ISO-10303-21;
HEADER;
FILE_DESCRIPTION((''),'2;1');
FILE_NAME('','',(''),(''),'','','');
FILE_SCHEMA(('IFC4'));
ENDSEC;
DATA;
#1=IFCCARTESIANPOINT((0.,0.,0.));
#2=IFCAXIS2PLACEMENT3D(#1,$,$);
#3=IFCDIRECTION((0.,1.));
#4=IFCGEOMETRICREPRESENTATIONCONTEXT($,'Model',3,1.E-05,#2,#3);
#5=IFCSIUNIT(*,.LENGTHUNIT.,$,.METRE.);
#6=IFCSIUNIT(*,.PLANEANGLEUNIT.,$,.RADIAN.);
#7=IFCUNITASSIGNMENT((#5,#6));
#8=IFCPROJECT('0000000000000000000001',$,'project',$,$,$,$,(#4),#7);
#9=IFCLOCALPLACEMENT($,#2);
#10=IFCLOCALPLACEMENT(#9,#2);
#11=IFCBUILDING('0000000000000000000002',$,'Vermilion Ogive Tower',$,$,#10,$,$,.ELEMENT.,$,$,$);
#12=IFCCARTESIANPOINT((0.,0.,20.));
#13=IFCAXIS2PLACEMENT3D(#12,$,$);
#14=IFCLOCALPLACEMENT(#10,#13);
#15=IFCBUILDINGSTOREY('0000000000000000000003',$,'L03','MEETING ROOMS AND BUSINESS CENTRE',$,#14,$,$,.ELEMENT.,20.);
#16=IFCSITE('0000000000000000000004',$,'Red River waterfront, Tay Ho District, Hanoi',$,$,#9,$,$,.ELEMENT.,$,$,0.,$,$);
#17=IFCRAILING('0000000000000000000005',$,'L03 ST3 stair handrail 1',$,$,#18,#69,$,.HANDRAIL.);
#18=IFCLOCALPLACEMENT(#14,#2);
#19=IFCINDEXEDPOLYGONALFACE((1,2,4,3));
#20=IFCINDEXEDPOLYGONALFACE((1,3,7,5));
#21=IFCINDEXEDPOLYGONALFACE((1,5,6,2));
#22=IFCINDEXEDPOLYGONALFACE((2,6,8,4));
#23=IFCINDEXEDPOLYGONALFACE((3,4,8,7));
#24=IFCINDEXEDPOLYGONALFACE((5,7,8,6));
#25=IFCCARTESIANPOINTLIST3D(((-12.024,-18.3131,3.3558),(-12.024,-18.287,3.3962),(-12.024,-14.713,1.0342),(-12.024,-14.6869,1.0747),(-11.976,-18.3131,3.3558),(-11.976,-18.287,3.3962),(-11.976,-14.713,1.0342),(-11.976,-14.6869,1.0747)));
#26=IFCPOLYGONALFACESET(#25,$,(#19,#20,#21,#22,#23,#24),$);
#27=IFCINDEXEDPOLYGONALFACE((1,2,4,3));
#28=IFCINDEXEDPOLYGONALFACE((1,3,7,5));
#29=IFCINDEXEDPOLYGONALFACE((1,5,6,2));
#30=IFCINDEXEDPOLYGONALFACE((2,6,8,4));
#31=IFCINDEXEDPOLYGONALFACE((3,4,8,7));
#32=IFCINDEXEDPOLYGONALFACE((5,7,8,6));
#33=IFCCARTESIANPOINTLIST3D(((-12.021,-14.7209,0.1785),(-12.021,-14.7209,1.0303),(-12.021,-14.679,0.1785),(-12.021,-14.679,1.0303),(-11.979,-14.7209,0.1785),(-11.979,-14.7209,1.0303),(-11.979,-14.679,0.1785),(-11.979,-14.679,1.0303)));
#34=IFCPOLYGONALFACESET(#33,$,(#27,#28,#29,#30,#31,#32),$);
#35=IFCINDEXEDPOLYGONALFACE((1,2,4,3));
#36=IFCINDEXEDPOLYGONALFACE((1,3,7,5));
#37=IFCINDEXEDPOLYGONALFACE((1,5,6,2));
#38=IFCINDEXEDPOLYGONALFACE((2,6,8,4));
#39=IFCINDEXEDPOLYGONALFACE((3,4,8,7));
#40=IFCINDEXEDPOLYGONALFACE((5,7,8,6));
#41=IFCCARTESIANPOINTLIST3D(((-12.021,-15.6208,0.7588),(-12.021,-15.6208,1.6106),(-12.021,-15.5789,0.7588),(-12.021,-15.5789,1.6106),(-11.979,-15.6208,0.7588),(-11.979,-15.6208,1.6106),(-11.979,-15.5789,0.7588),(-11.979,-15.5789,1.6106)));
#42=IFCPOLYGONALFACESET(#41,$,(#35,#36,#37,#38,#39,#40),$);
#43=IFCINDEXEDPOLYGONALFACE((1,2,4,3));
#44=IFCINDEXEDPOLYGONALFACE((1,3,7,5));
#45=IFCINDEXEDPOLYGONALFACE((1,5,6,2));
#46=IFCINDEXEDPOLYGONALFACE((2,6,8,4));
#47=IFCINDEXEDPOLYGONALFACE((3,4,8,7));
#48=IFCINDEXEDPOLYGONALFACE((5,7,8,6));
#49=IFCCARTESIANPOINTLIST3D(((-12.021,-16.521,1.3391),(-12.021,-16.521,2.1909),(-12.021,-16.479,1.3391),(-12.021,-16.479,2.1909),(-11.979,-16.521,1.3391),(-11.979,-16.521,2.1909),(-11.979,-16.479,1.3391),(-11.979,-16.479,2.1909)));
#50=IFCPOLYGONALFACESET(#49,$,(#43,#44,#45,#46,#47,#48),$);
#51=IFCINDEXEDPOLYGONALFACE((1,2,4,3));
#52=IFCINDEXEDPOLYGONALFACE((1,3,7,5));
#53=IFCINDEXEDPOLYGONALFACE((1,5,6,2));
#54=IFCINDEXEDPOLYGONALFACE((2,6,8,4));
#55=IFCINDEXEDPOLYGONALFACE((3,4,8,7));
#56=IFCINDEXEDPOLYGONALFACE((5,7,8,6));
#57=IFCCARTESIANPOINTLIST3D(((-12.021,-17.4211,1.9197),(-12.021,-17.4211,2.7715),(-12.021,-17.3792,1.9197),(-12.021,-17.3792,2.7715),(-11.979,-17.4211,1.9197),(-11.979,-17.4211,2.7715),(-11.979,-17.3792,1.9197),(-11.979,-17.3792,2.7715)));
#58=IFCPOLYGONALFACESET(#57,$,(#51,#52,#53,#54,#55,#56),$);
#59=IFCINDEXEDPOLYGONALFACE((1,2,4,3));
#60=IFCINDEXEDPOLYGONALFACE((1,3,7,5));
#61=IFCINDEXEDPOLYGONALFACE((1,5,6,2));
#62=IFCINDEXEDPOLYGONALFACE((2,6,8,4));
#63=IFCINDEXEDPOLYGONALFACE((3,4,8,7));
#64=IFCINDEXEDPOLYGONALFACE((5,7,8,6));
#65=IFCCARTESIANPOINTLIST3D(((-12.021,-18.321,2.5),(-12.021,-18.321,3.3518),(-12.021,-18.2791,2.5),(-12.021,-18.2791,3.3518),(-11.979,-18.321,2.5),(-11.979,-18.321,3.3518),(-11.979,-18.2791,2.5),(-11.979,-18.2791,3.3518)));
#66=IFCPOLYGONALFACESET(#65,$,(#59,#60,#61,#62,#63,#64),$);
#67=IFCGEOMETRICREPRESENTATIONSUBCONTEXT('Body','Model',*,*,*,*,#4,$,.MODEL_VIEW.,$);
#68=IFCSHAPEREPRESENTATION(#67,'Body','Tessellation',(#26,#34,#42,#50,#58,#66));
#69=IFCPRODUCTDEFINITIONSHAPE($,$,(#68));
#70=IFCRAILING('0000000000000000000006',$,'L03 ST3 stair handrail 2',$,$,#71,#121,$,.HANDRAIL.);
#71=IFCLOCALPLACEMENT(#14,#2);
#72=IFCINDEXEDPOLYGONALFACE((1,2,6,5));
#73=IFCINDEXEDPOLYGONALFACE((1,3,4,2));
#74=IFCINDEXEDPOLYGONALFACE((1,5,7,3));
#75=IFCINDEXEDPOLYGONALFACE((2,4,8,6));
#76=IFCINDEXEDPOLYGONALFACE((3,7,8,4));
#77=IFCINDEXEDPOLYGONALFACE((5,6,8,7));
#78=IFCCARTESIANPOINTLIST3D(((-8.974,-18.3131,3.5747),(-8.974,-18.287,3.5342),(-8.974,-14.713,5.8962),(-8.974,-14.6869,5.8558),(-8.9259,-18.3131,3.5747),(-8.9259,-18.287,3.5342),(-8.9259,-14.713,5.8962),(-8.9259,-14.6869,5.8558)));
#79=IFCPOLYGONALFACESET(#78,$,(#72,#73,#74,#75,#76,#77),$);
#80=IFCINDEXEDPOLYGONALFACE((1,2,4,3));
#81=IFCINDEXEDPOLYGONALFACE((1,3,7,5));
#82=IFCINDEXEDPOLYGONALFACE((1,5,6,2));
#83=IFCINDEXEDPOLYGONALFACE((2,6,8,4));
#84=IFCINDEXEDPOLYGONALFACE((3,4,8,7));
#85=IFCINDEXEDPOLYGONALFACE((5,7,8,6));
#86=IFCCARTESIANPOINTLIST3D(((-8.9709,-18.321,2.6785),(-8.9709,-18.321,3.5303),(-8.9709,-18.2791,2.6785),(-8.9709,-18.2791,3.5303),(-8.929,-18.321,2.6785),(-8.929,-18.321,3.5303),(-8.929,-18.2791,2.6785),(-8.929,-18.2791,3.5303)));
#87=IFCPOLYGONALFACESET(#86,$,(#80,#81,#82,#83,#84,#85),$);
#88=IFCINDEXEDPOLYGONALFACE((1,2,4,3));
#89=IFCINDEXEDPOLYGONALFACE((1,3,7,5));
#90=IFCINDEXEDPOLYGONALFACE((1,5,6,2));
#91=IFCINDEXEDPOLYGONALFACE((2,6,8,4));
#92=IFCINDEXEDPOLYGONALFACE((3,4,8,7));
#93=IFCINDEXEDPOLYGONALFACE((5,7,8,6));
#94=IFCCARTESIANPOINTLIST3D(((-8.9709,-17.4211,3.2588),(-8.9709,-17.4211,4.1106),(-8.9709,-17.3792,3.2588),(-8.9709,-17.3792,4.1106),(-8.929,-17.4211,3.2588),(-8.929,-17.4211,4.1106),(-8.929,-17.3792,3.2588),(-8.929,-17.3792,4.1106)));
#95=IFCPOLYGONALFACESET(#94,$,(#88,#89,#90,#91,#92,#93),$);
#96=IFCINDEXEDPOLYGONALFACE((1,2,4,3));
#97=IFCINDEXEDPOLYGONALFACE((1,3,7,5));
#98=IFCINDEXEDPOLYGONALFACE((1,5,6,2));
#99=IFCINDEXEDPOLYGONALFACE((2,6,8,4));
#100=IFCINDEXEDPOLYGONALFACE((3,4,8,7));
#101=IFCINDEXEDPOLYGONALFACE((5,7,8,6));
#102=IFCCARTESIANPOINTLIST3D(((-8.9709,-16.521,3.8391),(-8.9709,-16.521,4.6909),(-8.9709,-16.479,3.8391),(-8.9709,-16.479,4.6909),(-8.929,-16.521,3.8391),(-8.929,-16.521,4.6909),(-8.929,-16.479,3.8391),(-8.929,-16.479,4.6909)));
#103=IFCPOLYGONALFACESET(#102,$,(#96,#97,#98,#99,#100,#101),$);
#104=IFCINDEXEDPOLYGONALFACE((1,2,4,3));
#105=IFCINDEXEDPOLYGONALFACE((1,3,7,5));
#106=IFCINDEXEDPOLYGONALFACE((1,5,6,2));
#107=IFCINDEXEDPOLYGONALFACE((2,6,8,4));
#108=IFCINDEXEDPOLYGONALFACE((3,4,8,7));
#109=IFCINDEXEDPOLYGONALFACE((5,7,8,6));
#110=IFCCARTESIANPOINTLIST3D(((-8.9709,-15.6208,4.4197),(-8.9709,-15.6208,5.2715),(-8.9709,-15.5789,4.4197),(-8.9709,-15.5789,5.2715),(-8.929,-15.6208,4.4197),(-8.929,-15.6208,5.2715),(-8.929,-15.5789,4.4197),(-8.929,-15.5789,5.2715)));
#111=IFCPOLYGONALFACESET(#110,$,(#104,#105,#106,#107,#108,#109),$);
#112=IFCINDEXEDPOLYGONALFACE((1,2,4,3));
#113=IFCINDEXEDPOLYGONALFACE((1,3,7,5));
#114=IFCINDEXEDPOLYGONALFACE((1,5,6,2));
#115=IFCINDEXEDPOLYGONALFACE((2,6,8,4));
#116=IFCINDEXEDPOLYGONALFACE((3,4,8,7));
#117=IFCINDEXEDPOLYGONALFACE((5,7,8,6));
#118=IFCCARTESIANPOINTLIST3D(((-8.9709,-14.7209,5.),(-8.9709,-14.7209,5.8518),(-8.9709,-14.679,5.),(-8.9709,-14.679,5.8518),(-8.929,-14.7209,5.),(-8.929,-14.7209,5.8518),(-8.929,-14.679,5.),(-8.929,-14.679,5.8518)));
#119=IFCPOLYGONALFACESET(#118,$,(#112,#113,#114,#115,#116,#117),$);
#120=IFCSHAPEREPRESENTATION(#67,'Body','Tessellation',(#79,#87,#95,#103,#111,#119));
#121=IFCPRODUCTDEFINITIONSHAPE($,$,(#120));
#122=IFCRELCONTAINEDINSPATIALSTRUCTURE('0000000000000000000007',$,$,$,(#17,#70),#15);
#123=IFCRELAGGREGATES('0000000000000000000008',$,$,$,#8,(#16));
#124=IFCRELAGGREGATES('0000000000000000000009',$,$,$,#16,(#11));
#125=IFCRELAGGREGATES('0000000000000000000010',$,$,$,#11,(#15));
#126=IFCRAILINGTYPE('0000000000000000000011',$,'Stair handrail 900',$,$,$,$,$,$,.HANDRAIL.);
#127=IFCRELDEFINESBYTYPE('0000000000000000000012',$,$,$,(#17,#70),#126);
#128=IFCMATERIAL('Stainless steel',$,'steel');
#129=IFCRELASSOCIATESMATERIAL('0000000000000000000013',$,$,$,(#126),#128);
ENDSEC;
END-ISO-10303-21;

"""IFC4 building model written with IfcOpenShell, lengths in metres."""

from ifc_helpers import new_model, si_unit, direction, frame, origin, origin_2d, place, context, subcontext, project, spatial, rectangle, extrude, material, type_object, element, save


model = new_model("IFC4")

# Units and contexts
model_context = context("Model", 3, precision=1e-05, world=origin(), true_north=direction((0.0, 1.0)))
body_context = subcontext(model_context, "Body", "Model", "MODEL_VIEW")
ifc_project = project(units=[si_unit("LENGTHUNIT", "METRE"), si_unit("PLANEANGLEUNIT", "RADIAN")], contexts=[model_context])

# Site, building, storey
site_placement = place(None, origin())
site = spatial("IfcSite", under=ifc_project, at=site_placement, Name="Red River waterfront, Tay Ho District, Hanoi", CompositionType="ELEMENT", RefElevation=0.0)
building_placement = place(site_placement, origin())
building = spatial("IfcBuilding", under=site, at=building_placement, Name="Vermilion Ogive Tower", CompositionType="ELEMENT")
storey_placement = place(building_placement, frame((0.0, 0.0, 20.0)))
storey = spatial("IfcBuildingStorey", under=building, at=storey_placement, Name="L03", Description="MEETING ROOMS AND BUSINESS CENTRE", CompositionType="ELEMENT", Elevation=20.0)

# Railings
ifc_material_1 = material(Name="Stainless steel", Category="steel")
railing_type_1 = type_object("IfcRailingType", Name="Stair handrail 900", PredefinedType="HANDRAIL", material=ifc_material_1)
railing_1_placement = place(storey_placement, frame((-12.0, -14.7, 0.1785)))
element("IfcRailing", 1, at=railing_1_placement, inside=storey, type_object=railing_type_1, Name="L03 ST3 stair handrail 1", PredefinedType="HANDRAIL", context=body_context, shape_type="SweptSolid", body=[
    extrude(rectangle(XDim=0.0481, YDim=0.0481, at=origin_2d()), frame((0.0, 0.0, 0.876), z_axis=(0.0, -0.840415, 0.541944), x_axis=(1.0, 0.0, 0.0)), (0.0, 0.0, 1.0), 4.2837),
    extrude(rectangle(XDim=0.042, YDim=0.042, at=origin_2d()), origin(), (0.0, 0.0, 1.0), 0.8518),
    extrude(rectangle(XDim=0.042, YDim=0.042, at=origin_2d()), frame((0.0, -0.8999, 0.5803)), (0.0, 0.0, 1.0), 0.8518),
    extrude(rectangle(XDim=0.042, YDim=0.042, at=origin_2d()), frame((0.0, -1.8, 1.1606)), (0.0, 0.0, 1.0), 0.8518),
    extrude(rectangle(XDim=0.042, YDim=0.042, at=origin_2d()), frame((0.0, -2.7002, 1.7412)), (0.0, 0.0, 1.0), 0.8518),
    extrude(rectangle(XDim=0.042, YDim=0.042, at=origin_2d()), frame((0.0, -3.6001, 2.3215)), (0.0, 0.0, 1.0), 0.8518),
])
railing_2_placement = place(storey_placement, frame((-8.95, -18.3, 2.6785)))
element("IfcRailing", 2, at=railing_2_placement, inside=storey, type_object=railing_type_1, Name="L03 ST3 stair handrail 2", PredefinedType="HANDRAIL", context=body_context, shape_type="SweptSolid", body=[
    extrude(rectangle(XDim=0.0481, YDim=0.0481, at=origin_2d()), frame((0.0, 0.0, 0.876), z_axis=(0.0, 0.840415, 0.541944), x_axis=(-1.0, 0.0, 0.0)), (0.0, 0.0, 1.0), 4.2837),
    extrude(rectangle(XDim=0.042, YDim=0.042, at=origin_2d()), origin(), (0.0, 0.0, 1.0), 0.8518),
    extrude(rectangle(XDim=0.042, YDim=0.042, at=origin_2d()), frame((0.0, 0.8999, 0.5803)), (0.0, 0.0, 1.0), 0.8518),
    extrude(rectangle(XDim=0.042, YDim=0.042, at=origin_2d()), frame((0.0, 1.8, 1.1606)), (0.0, 0.0, 1.0), 0.8518),
    extrude(rectangle(XDim=0.042, YDim=0.042, at=origin_2d()), frame((0.0, 2.7002, 1.7412)), (0.0, 0.0, 1.0), 0.8518),
    extrude(rectangle(XDim=0.042, YDim=0.042, at=origin_2d()), frame((0.0, 3.6001, 2.3215)), (0.0, 0.0, 1.0), 0.8518),
])

save(model, "model.ifc")
